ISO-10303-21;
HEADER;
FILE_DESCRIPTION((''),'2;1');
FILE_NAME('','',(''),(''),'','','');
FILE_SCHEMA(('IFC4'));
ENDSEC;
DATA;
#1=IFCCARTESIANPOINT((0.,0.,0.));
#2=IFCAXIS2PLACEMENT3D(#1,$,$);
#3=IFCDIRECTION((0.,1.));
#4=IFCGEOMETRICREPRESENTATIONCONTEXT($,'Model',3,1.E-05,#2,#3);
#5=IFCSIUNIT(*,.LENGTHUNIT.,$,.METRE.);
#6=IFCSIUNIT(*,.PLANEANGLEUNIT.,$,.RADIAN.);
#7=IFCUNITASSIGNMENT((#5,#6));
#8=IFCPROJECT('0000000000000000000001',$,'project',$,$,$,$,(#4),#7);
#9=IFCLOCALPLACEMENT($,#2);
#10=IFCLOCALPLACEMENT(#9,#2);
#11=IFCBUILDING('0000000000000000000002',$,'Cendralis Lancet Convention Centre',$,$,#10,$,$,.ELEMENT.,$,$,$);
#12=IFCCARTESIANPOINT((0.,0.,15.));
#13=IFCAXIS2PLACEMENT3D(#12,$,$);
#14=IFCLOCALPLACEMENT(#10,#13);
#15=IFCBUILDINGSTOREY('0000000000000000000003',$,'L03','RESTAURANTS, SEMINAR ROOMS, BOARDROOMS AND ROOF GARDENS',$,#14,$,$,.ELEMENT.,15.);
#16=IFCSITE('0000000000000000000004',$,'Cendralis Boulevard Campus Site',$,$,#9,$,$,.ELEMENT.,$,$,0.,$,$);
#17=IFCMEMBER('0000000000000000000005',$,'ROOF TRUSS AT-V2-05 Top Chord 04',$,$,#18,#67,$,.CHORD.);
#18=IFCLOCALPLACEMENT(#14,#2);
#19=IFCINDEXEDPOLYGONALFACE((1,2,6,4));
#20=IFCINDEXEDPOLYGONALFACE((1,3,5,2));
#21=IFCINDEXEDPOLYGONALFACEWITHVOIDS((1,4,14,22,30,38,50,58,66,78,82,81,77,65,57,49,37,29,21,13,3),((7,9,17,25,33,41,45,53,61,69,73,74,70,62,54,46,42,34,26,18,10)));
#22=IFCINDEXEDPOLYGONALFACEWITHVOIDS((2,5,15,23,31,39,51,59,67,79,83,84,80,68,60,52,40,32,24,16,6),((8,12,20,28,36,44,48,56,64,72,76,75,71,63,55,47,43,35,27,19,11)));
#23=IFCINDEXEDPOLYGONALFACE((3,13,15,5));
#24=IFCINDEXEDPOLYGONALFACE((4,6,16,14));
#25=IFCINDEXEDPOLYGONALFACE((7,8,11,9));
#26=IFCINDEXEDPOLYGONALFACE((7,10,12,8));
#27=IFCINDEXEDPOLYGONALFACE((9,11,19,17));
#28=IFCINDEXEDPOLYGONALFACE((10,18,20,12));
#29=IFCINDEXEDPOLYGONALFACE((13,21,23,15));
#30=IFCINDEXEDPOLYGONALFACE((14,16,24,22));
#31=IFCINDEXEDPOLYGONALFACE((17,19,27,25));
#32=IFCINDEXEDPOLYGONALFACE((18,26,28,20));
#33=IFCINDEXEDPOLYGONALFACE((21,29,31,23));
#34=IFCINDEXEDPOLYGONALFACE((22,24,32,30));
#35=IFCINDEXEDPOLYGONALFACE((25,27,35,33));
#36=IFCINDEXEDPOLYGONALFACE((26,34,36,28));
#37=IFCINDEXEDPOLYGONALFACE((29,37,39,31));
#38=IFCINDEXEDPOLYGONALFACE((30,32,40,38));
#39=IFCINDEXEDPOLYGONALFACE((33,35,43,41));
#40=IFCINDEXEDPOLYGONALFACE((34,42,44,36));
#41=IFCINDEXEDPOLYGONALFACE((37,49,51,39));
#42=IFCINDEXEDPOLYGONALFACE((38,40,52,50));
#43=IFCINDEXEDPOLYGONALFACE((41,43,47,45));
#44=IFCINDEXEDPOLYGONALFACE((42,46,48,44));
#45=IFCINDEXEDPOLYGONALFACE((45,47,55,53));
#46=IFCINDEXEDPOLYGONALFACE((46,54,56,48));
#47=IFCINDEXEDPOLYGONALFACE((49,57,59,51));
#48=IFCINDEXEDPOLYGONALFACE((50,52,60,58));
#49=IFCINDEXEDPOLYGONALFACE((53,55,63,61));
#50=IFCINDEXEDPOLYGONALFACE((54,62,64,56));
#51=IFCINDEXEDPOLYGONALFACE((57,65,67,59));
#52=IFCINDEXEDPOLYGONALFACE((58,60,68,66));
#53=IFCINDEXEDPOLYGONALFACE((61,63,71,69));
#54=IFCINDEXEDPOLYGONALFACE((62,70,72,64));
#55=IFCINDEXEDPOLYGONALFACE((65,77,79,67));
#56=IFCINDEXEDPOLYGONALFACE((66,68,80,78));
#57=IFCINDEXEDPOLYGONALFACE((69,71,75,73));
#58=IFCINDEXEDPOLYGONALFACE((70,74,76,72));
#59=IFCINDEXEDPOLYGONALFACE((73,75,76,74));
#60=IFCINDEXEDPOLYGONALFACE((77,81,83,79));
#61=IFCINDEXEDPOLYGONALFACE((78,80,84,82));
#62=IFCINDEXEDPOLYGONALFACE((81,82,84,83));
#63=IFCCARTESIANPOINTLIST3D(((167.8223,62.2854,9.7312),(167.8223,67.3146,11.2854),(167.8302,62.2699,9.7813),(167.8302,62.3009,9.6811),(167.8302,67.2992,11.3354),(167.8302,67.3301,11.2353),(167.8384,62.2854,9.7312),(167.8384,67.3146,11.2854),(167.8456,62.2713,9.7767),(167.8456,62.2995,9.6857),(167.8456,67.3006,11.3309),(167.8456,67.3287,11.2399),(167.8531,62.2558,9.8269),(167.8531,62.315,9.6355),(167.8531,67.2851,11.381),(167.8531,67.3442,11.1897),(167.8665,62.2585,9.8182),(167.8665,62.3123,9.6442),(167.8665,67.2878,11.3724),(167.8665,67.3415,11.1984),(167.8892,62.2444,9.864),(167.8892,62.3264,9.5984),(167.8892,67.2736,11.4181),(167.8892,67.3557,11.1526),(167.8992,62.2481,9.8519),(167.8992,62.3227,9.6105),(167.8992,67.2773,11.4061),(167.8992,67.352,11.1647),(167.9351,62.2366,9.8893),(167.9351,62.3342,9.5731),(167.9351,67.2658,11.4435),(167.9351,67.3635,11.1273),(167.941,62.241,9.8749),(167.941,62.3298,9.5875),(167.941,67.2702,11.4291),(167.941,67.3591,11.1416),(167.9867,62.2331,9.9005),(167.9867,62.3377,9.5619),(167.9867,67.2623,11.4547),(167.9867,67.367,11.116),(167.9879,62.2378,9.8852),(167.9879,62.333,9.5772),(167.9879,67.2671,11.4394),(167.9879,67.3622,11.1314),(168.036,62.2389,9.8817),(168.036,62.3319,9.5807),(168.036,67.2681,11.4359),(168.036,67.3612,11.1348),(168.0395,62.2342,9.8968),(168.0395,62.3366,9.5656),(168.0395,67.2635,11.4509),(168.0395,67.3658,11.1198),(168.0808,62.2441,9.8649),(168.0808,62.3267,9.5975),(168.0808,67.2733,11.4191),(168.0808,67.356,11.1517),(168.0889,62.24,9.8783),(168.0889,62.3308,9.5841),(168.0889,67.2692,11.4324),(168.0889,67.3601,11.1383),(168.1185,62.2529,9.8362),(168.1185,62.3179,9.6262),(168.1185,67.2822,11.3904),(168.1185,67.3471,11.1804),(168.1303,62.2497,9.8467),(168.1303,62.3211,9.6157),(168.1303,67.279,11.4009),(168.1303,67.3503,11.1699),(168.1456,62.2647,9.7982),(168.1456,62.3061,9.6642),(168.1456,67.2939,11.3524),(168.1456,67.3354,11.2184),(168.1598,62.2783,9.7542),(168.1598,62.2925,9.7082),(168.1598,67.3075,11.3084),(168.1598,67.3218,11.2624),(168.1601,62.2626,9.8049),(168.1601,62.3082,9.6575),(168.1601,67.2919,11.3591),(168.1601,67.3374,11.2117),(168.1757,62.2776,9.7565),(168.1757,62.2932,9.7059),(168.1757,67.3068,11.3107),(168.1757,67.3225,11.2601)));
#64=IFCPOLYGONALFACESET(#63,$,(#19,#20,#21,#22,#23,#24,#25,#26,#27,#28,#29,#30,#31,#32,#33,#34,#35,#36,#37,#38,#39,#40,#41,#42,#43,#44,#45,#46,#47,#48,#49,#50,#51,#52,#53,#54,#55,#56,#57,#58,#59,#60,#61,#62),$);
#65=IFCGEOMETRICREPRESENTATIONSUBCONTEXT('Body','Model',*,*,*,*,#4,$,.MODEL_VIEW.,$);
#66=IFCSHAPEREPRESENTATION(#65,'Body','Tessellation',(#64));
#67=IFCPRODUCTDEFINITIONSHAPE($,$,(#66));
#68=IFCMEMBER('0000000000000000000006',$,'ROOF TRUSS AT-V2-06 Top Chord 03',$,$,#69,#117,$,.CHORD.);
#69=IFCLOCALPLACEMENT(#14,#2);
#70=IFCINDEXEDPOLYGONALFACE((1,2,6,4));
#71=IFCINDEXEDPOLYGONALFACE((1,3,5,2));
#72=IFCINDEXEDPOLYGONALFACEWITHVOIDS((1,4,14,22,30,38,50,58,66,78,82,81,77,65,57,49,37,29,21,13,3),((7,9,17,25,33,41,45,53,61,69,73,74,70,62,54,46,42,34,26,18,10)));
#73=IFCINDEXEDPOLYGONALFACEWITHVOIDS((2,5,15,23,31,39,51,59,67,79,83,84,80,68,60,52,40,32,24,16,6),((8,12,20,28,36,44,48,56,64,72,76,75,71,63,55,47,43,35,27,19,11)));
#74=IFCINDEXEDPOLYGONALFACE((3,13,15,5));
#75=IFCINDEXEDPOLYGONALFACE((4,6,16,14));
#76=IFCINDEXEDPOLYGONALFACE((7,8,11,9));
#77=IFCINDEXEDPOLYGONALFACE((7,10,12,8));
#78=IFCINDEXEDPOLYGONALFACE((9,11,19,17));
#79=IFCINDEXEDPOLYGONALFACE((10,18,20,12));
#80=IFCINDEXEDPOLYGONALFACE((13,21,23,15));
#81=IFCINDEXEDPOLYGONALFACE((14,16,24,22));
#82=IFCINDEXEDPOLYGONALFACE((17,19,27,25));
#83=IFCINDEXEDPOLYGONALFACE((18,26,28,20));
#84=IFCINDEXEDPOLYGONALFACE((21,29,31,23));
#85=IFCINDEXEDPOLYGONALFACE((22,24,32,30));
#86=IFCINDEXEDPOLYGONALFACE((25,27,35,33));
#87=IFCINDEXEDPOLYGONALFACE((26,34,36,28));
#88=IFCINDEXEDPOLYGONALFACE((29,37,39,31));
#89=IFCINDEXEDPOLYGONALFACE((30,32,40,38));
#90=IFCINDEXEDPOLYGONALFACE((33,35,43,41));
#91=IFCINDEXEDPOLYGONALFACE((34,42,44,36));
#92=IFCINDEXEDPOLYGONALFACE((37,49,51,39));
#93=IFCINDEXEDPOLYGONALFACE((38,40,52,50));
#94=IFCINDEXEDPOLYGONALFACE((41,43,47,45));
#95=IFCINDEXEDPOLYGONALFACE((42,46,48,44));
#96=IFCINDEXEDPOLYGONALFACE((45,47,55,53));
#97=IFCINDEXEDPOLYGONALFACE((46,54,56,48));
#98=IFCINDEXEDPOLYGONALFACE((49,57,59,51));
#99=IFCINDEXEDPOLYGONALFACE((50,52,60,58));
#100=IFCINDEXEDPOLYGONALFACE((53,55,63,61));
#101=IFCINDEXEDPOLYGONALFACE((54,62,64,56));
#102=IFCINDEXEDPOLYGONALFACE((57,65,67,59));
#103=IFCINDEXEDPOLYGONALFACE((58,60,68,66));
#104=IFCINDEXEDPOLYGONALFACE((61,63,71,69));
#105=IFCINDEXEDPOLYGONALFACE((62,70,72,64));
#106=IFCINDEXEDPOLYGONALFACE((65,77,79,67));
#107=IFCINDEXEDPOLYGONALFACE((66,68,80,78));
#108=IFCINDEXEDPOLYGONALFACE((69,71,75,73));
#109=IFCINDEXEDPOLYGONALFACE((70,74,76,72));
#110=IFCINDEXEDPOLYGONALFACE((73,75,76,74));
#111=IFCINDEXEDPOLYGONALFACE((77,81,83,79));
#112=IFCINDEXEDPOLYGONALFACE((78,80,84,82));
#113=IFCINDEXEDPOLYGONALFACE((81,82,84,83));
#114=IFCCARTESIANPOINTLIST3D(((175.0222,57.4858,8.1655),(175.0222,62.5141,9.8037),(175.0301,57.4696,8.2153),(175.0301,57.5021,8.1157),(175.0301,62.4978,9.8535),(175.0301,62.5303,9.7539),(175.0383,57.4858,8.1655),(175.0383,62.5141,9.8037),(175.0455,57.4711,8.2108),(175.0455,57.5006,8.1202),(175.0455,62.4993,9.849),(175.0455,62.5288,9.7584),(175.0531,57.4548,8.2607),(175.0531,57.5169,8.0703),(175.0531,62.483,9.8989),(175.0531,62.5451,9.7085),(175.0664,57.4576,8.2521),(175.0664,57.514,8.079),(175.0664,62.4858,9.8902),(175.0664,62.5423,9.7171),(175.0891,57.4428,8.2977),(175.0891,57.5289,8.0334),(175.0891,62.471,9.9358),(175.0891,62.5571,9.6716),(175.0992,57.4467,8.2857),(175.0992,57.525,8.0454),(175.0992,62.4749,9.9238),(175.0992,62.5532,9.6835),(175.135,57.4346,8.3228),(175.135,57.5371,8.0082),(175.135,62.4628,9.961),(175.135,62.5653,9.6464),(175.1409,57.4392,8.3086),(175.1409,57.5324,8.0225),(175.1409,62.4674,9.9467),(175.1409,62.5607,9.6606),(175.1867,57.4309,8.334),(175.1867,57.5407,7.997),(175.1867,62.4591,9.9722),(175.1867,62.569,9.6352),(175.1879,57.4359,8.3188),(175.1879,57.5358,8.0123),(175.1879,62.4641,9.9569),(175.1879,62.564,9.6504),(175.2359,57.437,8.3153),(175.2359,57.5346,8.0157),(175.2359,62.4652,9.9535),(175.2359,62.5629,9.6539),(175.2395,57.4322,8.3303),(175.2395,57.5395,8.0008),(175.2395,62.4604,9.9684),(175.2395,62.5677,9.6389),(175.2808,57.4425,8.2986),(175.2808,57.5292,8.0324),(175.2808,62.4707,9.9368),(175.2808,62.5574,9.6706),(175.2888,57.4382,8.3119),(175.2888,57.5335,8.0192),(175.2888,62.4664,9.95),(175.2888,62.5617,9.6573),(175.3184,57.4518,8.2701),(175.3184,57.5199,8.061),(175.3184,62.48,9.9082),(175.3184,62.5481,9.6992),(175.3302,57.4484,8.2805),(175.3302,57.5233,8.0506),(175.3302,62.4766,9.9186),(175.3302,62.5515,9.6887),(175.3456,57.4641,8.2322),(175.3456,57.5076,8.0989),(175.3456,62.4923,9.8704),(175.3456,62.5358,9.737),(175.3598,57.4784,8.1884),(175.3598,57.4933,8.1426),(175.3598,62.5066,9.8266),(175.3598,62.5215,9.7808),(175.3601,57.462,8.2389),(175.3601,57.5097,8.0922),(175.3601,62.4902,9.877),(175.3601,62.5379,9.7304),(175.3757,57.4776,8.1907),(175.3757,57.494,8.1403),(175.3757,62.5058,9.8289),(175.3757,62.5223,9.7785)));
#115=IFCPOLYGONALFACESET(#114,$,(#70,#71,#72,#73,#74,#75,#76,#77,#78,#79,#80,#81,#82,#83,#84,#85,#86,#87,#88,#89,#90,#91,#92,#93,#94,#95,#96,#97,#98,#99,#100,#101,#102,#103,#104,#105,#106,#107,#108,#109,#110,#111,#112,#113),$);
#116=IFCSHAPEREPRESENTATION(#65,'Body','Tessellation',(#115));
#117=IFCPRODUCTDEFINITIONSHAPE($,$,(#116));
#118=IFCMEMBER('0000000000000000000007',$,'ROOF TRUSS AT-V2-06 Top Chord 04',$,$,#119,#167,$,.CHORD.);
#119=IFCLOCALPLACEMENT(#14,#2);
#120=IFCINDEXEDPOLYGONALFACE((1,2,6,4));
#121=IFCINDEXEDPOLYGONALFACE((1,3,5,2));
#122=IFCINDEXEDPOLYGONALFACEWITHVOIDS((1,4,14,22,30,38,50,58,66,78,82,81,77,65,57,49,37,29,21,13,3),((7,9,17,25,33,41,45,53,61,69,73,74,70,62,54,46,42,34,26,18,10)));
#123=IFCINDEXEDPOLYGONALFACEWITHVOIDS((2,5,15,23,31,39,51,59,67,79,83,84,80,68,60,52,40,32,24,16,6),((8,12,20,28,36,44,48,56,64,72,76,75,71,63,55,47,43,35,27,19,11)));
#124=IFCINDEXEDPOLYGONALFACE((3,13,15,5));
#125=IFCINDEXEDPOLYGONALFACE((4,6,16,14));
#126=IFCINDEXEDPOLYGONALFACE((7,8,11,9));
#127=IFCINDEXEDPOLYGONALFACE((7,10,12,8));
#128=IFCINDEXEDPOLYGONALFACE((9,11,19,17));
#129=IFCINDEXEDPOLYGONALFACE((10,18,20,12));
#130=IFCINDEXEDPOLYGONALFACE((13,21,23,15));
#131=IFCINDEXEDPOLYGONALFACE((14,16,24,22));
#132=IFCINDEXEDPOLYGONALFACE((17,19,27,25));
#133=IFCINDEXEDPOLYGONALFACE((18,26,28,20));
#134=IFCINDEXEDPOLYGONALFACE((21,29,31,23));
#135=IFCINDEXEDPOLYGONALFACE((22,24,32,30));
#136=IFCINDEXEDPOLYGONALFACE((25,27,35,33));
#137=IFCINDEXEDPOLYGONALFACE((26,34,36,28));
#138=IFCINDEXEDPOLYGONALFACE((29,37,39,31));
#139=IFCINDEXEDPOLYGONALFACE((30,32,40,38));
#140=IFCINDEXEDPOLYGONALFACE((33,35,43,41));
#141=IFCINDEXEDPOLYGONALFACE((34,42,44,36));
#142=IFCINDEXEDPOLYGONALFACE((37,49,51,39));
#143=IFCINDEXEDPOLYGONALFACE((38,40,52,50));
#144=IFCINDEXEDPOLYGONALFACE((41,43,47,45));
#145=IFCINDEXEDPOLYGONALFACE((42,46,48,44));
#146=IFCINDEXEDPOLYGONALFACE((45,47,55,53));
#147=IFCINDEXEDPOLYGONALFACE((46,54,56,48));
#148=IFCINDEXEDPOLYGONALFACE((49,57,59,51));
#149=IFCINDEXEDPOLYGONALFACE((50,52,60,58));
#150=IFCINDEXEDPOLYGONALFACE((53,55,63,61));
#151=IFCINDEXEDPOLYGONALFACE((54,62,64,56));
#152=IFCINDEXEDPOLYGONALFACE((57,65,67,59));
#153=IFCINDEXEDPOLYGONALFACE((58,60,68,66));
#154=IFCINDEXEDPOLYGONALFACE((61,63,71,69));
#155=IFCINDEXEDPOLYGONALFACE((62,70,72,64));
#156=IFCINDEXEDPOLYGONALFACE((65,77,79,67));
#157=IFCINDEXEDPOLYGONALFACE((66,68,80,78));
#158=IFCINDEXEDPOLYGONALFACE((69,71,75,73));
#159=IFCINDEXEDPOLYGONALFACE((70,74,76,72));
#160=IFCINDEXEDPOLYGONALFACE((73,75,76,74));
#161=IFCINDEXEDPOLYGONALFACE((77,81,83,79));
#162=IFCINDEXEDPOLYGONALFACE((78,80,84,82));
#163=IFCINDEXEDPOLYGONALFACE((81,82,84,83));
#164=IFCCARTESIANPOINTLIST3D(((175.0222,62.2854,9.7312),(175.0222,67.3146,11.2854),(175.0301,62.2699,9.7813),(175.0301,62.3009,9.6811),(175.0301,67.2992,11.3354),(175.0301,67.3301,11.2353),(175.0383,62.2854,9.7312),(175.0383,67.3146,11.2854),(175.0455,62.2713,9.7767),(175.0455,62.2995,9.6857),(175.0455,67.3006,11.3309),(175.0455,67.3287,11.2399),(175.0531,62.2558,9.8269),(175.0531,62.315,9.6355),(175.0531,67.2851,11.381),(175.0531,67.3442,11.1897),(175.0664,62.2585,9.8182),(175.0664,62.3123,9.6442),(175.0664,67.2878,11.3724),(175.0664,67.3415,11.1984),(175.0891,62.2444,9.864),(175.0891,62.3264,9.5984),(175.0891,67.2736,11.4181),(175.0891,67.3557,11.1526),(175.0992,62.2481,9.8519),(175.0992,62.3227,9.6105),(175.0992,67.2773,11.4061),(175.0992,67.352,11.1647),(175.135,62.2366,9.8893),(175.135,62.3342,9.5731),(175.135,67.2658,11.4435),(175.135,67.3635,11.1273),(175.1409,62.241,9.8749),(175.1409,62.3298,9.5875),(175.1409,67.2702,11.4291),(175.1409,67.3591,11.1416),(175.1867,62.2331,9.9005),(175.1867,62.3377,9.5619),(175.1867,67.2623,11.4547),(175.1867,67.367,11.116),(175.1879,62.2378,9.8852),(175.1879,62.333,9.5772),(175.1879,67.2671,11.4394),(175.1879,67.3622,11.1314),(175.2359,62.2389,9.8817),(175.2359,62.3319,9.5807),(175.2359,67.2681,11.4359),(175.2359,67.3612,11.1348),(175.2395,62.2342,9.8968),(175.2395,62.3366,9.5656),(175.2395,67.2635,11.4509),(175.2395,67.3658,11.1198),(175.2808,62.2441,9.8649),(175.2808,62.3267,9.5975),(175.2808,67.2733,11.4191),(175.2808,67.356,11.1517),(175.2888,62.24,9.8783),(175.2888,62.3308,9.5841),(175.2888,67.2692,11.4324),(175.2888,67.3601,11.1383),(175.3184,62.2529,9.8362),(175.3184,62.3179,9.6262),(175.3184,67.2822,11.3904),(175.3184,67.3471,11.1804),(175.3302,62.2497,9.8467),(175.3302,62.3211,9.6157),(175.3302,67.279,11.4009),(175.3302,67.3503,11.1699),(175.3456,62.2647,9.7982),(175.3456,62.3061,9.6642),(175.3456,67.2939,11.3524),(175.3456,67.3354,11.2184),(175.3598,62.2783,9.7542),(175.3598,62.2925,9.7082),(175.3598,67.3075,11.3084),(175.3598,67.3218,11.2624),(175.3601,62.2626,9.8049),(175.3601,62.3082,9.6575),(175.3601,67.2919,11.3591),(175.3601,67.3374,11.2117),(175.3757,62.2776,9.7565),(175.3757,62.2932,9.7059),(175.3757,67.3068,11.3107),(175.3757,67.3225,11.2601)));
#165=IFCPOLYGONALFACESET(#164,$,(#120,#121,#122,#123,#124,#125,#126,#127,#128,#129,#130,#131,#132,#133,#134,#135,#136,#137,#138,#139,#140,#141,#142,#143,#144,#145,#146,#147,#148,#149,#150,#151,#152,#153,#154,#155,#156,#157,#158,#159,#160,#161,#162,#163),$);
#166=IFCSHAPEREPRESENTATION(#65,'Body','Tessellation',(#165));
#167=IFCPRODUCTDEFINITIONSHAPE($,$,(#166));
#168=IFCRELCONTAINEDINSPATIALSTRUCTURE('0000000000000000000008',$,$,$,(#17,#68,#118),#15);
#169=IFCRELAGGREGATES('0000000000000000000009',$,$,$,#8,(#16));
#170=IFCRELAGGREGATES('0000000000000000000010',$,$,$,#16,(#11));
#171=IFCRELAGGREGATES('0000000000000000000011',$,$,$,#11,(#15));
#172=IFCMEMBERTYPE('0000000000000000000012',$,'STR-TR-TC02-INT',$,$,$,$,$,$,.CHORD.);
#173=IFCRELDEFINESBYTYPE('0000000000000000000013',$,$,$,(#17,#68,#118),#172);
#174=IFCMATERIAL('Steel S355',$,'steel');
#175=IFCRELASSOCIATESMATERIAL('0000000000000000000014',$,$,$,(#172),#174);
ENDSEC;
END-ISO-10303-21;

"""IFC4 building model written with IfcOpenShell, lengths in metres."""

from ifc_helpers import new_model, si_unit, direction, frame, origin, origin_2d, place, context, subcontext, project, spatial, hollow_circle, extrude, material, material_profile, profile_set, type_object, element, save


model = new_model("IFC4")

# Units and contexts
model_context = context("Model", 3, precision=1e-05, world=origin(), true_north=direction((0.0, 1.0)))
body_context = subcontext(model_context, "Body", "Model", "MODEL_VIEW")
ifc_project = project(units=[si_unit("LENGTHUNIT", "METRE"), si_unit("PLANEANGLEUNIT", "RADIAN")], contexts=[model_context])

# Site, building, storey
site_placement = place(None, origin())
site = spatial("IfcSite", under=ifc_project, at=site_placement, Name="Cendralis Boulevard Campus Site", CompositionType="ELEMENT", RefElevation=0.0)
building_placement = place(site_placement, origin())
building = spatial("IfcBuilding", under=site, at=building_placement, Name="Cendralis Lancet Convention Centre", CompositionType="ELEMENT")
storey_placement = place(building_placement, frame((0.0, 0.0, 15.0)))
storey = spatial("IfcBuildingStorey", under=building, at=storey_placement, Name="L03", Description="RESTAURANTS, SEMINAR ROOMS, BOARDROOMS AND ROOF GARDENS", CompositionType="ELEMENT", Elevation=15.0)

# Members
ifc_material = material(Name="Steel S355", Category="steel")
ifc_material_profile_1 = material_profile(ifc_material, hollow_circle(Radius=0.1777, WallThickness=0.0161, at=origin_2d()), Name="CHS 355.6x16.0")
ifc_profile_set_1 = profile_set([ifc_material_profile_1], Name="Steel S355")
member_type_1 = type_object("IfcMemberType", Name="STR-TR-TC02-INT", PredefinedType="CHORD", material=ifc_profile_set_1)
member_1_placement = place(storey_placement, frame((168.0, 62.2854, 9.7312), z_axis=(0.0, 0.955419, 0.295252), x_axis=(-1.0, 0.0, 0.0)))
element("IfcMember", 1, at=member_1_placement, inside=storey, type_object=member_type_1, Name="ROOF TRUSS AT-V2-05 Top Chord 04", PredefinedType="CHORD", context=body_context, shape_type="SweptSolid", body=[
    extrude(hollow_circle(Radius=0.1777, WallThickness=0.0161, at=origin_2d()), origin(), (0.0, 0.0, 1.0), 5.2639),
])
member_2_placement = place(storey_placement, frame((175.2, 57.4858, 8.1655), z_axis=(0.0, 0.950813, 0.309767), x_axis=(-1.0, 0.0, 0.0)))
element("IfcMember", 2, at=member_2_placement, inside=storey, type_object=member_type_1, Name="ROOF TRUSS AT-V2-06 Top Chord 03", PredefinedType="CHORD", context=body_context, shape_type="SweptSolid", body=[
    extrude(hollow_circle(Radius=0.1777, WallThickness=0.0161, at=origin_2d()), origin(), (0.0, 0.0, 1.0), 5.2883),
])
member_3_placement = place(storey_placement, frame((175.2, 62.2854, 9.7312), z_axis=(0.0, 0.955419, 0.295252), x_axis=(-1.0, 0.0, 0.0)))
element("IfcMember", 3, at=member_3_placement, inside=storey, type_object=member_type_1, Name="ROOF TRUSS AT-V2-06 Top Chord 04", PredefinedType="CHORD", context=body_context, shape_type="SweptSolid", body=[
    extrude(hollow_circle(Radius=0.1777, WallThickness=0.0161, at=origin_2d()), origin(), (0.0, 0.0, 1.0), 5.2639),
])

save(model, "model.ifc")
